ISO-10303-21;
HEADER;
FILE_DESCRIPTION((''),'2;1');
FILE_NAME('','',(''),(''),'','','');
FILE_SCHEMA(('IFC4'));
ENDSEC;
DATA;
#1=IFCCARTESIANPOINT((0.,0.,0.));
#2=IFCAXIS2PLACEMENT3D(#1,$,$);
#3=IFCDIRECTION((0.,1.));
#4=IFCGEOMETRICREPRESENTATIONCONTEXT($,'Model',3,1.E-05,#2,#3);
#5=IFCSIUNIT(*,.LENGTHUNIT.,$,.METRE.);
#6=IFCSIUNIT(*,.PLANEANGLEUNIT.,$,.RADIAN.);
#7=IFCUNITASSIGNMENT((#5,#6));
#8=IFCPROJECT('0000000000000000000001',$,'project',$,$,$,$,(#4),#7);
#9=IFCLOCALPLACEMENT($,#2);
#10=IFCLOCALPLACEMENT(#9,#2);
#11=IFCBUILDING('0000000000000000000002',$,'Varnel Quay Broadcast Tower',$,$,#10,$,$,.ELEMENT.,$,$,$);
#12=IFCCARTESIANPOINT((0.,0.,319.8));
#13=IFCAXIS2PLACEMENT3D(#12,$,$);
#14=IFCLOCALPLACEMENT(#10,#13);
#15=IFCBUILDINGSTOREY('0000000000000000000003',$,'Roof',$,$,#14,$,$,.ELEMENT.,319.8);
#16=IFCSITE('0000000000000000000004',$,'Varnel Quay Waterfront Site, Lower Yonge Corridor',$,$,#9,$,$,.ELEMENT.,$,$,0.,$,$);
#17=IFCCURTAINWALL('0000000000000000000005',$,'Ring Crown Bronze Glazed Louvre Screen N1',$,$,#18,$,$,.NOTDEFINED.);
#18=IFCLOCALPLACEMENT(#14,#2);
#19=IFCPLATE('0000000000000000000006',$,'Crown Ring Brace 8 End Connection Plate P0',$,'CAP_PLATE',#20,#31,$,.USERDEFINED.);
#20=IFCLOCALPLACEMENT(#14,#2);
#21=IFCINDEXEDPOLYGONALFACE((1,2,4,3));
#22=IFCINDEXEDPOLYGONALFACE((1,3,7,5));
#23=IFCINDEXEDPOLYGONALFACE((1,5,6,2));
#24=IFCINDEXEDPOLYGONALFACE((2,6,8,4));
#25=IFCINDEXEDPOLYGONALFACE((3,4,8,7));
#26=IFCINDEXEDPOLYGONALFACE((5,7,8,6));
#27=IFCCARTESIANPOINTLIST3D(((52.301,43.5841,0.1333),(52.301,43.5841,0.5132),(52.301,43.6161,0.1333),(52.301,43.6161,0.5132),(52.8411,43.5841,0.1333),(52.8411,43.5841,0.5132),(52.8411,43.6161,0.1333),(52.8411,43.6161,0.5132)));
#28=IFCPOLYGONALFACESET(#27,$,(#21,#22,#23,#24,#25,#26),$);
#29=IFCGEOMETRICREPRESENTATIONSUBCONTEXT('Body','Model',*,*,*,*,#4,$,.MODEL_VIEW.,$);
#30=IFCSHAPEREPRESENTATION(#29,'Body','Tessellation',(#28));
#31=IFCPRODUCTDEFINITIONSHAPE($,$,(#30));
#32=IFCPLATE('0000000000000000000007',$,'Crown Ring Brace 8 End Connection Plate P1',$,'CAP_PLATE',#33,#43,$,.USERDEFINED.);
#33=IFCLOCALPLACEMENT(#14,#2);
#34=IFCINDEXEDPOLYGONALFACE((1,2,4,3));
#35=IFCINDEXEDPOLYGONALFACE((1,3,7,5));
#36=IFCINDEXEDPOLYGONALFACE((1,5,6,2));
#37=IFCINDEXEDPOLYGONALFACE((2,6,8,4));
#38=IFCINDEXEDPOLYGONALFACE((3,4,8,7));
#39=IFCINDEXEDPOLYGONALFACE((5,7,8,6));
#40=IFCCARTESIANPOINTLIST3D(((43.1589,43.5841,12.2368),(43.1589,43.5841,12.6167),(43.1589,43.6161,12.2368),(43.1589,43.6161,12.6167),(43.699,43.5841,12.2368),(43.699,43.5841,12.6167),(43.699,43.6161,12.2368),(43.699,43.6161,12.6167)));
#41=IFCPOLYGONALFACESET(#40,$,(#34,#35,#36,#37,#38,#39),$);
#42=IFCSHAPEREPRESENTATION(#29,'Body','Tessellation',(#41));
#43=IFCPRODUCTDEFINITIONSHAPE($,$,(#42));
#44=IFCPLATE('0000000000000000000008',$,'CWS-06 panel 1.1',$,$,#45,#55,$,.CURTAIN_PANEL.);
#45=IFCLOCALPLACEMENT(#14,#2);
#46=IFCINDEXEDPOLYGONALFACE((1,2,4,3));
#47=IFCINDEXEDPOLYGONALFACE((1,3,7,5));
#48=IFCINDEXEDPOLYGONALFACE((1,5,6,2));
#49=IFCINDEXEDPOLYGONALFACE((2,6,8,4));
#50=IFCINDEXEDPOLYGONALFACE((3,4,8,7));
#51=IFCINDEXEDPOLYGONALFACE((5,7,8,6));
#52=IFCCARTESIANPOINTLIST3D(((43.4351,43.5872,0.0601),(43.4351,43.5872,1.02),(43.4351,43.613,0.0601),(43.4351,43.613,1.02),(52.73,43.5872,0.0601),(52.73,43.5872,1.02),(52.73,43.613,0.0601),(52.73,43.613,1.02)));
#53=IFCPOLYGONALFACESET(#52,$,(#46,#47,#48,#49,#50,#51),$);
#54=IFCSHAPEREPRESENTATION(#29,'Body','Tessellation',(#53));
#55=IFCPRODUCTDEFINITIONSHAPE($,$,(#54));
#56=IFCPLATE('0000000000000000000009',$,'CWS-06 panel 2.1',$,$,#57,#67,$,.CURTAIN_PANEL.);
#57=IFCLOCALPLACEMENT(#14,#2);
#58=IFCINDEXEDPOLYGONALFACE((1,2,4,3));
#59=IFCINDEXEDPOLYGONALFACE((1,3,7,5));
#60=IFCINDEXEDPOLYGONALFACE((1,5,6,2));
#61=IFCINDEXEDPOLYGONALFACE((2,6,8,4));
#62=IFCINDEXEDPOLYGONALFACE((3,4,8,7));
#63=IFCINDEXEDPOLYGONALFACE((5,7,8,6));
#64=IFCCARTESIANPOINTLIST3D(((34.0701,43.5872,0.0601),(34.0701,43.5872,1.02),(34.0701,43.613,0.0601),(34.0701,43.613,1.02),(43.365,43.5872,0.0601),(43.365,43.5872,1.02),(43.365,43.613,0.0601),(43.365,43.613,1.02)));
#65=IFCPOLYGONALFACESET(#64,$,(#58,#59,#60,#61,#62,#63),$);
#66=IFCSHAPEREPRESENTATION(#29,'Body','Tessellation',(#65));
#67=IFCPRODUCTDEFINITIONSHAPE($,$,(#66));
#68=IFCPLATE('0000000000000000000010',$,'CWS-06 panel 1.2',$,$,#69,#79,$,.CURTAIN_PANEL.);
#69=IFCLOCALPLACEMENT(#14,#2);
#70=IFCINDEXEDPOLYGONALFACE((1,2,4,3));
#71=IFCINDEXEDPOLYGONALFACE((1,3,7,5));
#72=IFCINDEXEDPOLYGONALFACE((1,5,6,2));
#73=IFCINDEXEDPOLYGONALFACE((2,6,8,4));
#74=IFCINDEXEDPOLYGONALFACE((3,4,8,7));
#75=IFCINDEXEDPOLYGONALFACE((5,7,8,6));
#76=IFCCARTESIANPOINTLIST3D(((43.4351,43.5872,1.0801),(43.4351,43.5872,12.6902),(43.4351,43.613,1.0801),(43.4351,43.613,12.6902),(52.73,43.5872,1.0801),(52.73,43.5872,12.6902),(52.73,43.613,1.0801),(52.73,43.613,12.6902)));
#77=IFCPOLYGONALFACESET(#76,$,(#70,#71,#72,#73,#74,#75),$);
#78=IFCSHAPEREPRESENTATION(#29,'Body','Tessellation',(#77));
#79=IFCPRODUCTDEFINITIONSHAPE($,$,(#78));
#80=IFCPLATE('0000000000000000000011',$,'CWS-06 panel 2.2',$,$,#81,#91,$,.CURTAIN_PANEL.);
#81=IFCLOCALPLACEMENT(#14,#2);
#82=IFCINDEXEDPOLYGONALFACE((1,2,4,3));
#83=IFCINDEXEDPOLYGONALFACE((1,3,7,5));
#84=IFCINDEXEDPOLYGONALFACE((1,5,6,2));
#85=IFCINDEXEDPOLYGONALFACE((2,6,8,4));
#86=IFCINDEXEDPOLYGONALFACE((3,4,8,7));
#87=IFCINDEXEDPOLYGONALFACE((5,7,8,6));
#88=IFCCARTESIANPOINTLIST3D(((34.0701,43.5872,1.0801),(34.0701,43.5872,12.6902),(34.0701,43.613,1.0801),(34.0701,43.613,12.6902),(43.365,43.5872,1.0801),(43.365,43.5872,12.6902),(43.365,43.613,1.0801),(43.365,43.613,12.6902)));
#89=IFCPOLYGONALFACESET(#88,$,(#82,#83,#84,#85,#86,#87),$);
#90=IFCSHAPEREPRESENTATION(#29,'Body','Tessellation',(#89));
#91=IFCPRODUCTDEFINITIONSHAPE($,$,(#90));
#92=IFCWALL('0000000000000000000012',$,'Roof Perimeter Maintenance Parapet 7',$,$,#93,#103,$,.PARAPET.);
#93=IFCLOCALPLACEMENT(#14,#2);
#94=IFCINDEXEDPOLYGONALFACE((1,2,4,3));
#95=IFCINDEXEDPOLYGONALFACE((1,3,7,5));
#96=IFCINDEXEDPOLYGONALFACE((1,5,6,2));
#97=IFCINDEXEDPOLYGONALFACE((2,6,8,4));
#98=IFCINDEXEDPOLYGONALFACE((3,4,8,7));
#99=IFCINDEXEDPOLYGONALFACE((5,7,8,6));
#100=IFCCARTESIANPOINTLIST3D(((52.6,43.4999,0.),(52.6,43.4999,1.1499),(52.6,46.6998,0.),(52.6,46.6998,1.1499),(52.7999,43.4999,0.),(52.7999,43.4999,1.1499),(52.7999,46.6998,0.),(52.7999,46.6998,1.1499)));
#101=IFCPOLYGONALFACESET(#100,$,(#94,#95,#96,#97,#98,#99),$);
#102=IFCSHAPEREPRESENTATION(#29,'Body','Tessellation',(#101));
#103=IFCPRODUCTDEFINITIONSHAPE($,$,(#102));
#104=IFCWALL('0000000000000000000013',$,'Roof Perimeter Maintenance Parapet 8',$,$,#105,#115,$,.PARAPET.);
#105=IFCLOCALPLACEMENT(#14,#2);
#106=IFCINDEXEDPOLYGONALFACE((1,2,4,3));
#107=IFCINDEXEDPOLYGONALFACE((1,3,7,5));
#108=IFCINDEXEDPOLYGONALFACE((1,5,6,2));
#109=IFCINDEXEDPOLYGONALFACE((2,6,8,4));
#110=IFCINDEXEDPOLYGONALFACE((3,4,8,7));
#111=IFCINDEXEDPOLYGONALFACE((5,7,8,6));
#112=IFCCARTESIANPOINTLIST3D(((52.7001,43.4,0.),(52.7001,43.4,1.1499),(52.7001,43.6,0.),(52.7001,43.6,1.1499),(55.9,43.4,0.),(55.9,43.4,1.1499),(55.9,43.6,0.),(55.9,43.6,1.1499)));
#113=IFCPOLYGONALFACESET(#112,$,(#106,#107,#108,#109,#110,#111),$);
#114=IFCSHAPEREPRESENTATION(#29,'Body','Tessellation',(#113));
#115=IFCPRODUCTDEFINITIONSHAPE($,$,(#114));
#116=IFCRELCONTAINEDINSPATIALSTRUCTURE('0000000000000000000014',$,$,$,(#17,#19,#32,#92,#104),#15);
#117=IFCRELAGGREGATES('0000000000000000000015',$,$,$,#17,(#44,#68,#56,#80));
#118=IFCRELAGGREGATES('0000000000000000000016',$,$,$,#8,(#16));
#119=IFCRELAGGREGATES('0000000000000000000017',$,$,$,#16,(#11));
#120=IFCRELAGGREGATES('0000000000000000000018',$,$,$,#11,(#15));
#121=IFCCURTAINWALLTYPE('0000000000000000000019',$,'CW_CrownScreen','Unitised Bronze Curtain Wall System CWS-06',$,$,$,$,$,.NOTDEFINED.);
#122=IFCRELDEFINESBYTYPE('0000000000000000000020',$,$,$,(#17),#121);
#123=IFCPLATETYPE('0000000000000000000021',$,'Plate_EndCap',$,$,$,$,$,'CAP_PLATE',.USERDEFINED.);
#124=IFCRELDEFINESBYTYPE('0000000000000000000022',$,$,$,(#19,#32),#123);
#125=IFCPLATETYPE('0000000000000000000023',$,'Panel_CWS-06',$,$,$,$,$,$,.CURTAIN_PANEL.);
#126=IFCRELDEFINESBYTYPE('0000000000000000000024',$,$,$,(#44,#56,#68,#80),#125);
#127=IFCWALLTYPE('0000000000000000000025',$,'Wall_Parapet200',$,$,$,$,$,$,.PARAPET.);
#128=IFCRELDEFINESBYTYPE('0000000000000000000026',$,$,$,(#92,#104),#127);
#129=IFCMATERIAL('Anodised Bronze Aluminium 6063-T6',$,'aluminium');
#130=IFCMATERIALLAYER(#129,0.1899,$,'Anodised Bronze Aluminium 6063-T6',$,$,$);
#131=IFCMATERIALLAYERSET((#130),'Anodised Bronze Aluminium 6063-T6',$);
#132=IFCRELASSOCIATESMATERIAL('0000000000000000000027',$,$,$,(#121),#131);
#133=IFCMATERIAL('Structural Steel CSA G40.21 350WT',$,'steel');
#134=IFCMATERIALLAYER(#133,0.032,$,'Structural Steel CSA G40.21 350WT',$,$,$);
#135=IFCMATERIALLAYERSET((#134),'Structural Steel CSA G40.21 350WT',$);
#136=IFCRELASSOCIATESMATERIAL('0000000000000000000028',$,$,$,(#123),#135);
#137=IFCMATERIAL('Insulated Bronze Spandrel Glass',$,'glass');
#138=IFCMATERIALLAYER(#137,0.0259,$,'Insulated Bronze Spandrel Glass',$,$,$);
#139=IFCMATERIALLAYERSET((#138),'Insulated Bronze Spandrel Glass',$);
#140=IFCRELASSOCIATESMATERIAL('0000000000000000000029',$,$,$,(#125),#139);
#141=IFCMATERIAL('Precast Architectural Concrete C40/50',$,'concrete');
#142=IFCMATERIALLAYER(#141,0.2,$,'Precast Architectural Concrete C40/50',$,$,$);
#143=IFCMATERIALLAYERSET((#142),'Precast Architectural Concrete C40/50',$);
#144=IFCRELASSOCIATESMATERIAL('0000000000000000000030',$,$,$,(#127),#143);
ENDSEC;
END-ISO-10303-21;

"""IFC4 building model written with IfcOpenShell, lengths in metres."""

from ifc_helpers import new_model, si_unit, direction, frame, frame_2d, origin, origin_2d, place, context, subcontext, project, spatial, rectangle, extrude, source, transform, mapped, material, layer, layer_set, type_object, type_shapes, element, aggregate, save


model = new_model("IFC4")

# Units and contexts
model_context = context("Model", 3, precision=1e-05, world=origin(), true_north=direction((0.0, 1.0)))
body_context = subcontext(model_context, "Body", "Model", "MODEL_VIEW")
ifc_project = project(units=[si_unit("LENGTHUNIT", "METRE"), si_unit("PLANEANGLEUNIT", "RADIAN")], contexts=[model_context])

# Site, building, storey
site_placement = place(None, origin())
site = spatial("IfcSite", under=ifc_project, at=site_placement, Name="Varnel Quay Waterfront Site, Lower Yonge Corridor", CompositionType="ELEMENT", RefElevation=0.0)
building_placement = place(site_placement, origin())
building = spatial("IfcBuilding", under=site, at=building_placement, Name="Varnel Quay Broadcast Tower", CompositionType="ELEMENT")
storey_placement = place(building_placement, frame((0.0, 0.0, 319.8)))
storey = spatial("IfcBuildingStorey", under=building, at=storey_placement, Name="Roof", CompositionType="ELEMENT", Elevation=319.8)

# Shared definitions
ifc_material_1 = material(Name="Structural Steel CSA G40.21 350WT", Category="steel")

# Curtain wall
ifc_material_2 = material(Name="Anodised Bronze Aluminium 6063-T6", Category="aluminium")
ifc_layer_1 = layer(ifc_material_2, 0.1899, Name="Anodised Bronze Aluminium 6063-T6")
ifc_layer_set_1 = layer_set([ifc_layer_1], Name="Anodised Bronze Aluminium 6063-T6")
curtain_wall_type = type_object("IfcCurtainWallType", Name="CW_CrownScreen", Description="Unitised Bronze Curtain Wall System CWS-06", PredefinedType="NOTDEFINED", material=ifc_layer_set_1)
curtain_wall_placement = place(storey_placement, origin())
curtain_wall = element("IfcCurtainWall", 1, at=curtain_wall_placement, inside=storey, type_object=curtain_wall_type, Name="Ring Crown Bronze Glazed Louvre Screen N1", PredefinedType="NOTDEFINED")

# Plates
ifc_layer_2 = layer(ifc_material_1, 0.032, Name="Structural Steel CSA G40.21 350WT")
ifc_layer_set_2 = layer_set([ifc_layer_2], Name="Structural Steel CSA G40.21 350WT")
plate_type_1 = type_object("IfcPlateType", Name="Plate_EndCap", ElementType="CAP_PLATE", PredefinedType="USERDEFINED", material=ifc_layer_set_2)
shared_shape_1 = source(origin(), body_context, "Body", "SweptSolid", [
    extrude(rectangle(XDim=0.54, YDim=0.032, at=origin_2d()), origin(), (0.0, 0.0, 1.0), 0.3799),
])
type_shapes(plate_type_1, [shared_shape_1])
for number, where, z_axis, x_axis, name in (
    (2, (52.571, 43.6001, 0.1333), (0.0, 0.0, 1.0), (1.0, 0.0, 0.0), "Crown Ring Brace 8 End Connection Plate P0"),
    (3, (43.429, 43.6001, 12.2368), (0.0, 0.0, 1.0), (1.0, 0.0, 0.0), "Crown Ring Brace 8 End Connection Plate P1"),
):
    element("IfcPlate", number, at=place(storey_placement, frame(where, z_axis=z_axis, x_axis=x_axis)), inside=storey, type_object=plate_type_1, Name=name, ObjectType="CAP_PLATE", PredefinedType="USERDEFINED", context=body_context, shape_type="MappedRepresentation", body=[
        mapped(shared_shape_1, transform((0.0, 0.0, 0.0), x_axis=(1.0, 0.0, 0.0), y_axis=(0.0, 1.0, 0.0), z_axis=(0.0, 0.0, 1.0), scale=1.0)),
    ])

# Plates
ifc_material_3 = material(Name="Insulated Bronze Spandrel Glass", Category="glass")
ifc_layer_3 = layer(ifc_material_3, 0.0259, Name="Insulated Bronze Spandrel Glass")
ifc_layer_set_3 = layer_set([ifc_layer_3], Name="Insulated Bronze Spandrel Glass")
plate_type_2 = type_object("IfcPlateType", Name="Panel_CWS-06", PredefinedType="CURTAIN_PANEL", material=ifc_layer_set_3)
shared_shape_2 = source(origin(), body_context, "Body", "SweptSolid", [
    extrude(rectangle(XDim=9.2949, YDim=0.0259, at=origin_2d()), origin(), (0.0, 0.0, 1.0), 0.96),
])
plate_1_placement = place(storey_placement, frame((48.0825, 43.6001, 0.0601), z_axis=(0.0, 0.0, 1.0), x_axis=(-1.0, 0.0, 0.0)))
plate_1 = element("IfcPlate", 4, at=plate_1_placement, type_object=plate_type_2, Name="CWS-06 panel 1.1", PredefinedType="CURTAIN_PANEL", context=body_context, shape_type="MappedRepresentation", body=[
    mapped(shared_shape_2, transform((0.0, 0.0, 0.0), x_axis=(1.0, 0.0, 0.0), y_axis=(0.0, 1.0, 0.0), z_axis=(0.0, 0.0, 1.0), scale=1.0)),
])
plate_2_placement = place(storey_placement, frame((38.7175, 43.6001, 0.0601), z_axis=(0.0, 0.0, 1.0), x_axis=(-1.0, 0.0, 0.0)))
plate_2 = element("IfcPlate", 5, at=plate_2_placement, type_object=plate_type_2, Name="CWS-06 panel 2.1", PredefinedType="CURTAIN_PANEL", context=body_context, shape_type="MappedRepresentation", body=[
    mapped(shared_shape_2, transform((0.0, 0.0, 0.0), x_axis=(1.0, 0.0, 0.0), y_axis=(0.0, 1.0, 0.0), z_axis=(0.0, 0.0, 1.0), scale=1.0)),
])
shared_shape_3 = source(origin(), body_context, "Body", "SweptSolid", [
    extrude(rectangle(XDim=9.2949, YDim=0.0259, at=origin_2d()), origin(), (0.0, 0.0, 1.0), 11.6101),
])
type_shapes(plate_type_2, [shared_shape_2, shared_shape_3])
plate_3_placement = place(storey_placement, frame((48.0825, 43.6001, 1.0801), z_axis=(0.0, 0.0, 1.0), x_axis=(-1.0, 0.0, 0.0)))
plate_3 = element("IfcPlate", 6, at=plate_3_placement, type_object=plate_type_2, Name="CWS-06 panel 1.2", PredefinedType="CURTAIN_PANEL", context=body_context, shape_type="MappedRepresentation", body=[
    mapped(shared_shape_3, transform((0.0, 0.0, 0.0), x_axis=(1.0, 0.0, 0.0), y_axis=(0.0, 1.0, 0.0), z_axis=(0.0, 0.0, 1.0), scale=1.0)),
])
plate_4_placement = place(storey_placement, frame((38.7175, 43.6001, 1.0801), z_axis=(0.0, 0.0, 1.0), x_axis=(-1.0, 0.0, 0.0)))
plate_4 = element("IfcPlate", 7, at=plate_4_placement, type_object=plate_type_2, Name="CWS-06 panel 2.2", PredefinedType="CURTAIN_PANEL", context=body_context, shape_type="MappedRepresentation", body=[
    mapped(shared_shape_3, transform((0.0, 0.0, 0.0), x_axis=(1.0, 0.0, 0.0), y_axis=(0.0, 1.0, 0.0), z_axis=(0.0, 0.0, 1.0), scale=1.0)),
])
aggregate(curtain_wall, [plate_1, plate_3, plate_2, plate_4])

# Walls
ifc_material_4 = material(Name="Precast Architectural Concrete C40/50", Category="concrete")
ifc_layer_4 = layer(ifc_material_4, 0.2, Name="Precast Architectural Concrete C40/50")
ifc_layer_set_4 = layer_set([ifc_layer_4], Name="Precast Architectural Concrete C40/50")
wall_type = type_object("IfcWallType", Name="Wall_Parapet200", PredefinedType="PARAPET", material=ifc_layer_set_4)
for number, where, z_axis, x_axis, name in (
    (8, (52.7, 46.7, 0.0), (0.0, 0.0, 1.0), (0.0, -1.0, 0.0), "Roof Perimeter Maintenance Parapet 7"),
    (9, (52.7, 43.5, 0.0), (0.0, 0.0, 1.0), (1.0, 0.0, 0.0), "Roof Perimeter Maintenance Parapet 8"),
):
    element("IfcWall", number, at=place(storey_placement, frame(where, z_axis=z_axis, x_axis=x_axis)), inside=storey, type_object=wall_type, Name=name, PredefinedType="PARAPET", context=body_context, shape_type="SweptSolid", body=[
        extrude(rectangle(XDim=3.2, YDim=0.2, at=frame_2d((1.6001, 0.0))), origin(), (0.0, 0.0, 1.0), 1.1499),
    ])

save(model, "model.ifc")
